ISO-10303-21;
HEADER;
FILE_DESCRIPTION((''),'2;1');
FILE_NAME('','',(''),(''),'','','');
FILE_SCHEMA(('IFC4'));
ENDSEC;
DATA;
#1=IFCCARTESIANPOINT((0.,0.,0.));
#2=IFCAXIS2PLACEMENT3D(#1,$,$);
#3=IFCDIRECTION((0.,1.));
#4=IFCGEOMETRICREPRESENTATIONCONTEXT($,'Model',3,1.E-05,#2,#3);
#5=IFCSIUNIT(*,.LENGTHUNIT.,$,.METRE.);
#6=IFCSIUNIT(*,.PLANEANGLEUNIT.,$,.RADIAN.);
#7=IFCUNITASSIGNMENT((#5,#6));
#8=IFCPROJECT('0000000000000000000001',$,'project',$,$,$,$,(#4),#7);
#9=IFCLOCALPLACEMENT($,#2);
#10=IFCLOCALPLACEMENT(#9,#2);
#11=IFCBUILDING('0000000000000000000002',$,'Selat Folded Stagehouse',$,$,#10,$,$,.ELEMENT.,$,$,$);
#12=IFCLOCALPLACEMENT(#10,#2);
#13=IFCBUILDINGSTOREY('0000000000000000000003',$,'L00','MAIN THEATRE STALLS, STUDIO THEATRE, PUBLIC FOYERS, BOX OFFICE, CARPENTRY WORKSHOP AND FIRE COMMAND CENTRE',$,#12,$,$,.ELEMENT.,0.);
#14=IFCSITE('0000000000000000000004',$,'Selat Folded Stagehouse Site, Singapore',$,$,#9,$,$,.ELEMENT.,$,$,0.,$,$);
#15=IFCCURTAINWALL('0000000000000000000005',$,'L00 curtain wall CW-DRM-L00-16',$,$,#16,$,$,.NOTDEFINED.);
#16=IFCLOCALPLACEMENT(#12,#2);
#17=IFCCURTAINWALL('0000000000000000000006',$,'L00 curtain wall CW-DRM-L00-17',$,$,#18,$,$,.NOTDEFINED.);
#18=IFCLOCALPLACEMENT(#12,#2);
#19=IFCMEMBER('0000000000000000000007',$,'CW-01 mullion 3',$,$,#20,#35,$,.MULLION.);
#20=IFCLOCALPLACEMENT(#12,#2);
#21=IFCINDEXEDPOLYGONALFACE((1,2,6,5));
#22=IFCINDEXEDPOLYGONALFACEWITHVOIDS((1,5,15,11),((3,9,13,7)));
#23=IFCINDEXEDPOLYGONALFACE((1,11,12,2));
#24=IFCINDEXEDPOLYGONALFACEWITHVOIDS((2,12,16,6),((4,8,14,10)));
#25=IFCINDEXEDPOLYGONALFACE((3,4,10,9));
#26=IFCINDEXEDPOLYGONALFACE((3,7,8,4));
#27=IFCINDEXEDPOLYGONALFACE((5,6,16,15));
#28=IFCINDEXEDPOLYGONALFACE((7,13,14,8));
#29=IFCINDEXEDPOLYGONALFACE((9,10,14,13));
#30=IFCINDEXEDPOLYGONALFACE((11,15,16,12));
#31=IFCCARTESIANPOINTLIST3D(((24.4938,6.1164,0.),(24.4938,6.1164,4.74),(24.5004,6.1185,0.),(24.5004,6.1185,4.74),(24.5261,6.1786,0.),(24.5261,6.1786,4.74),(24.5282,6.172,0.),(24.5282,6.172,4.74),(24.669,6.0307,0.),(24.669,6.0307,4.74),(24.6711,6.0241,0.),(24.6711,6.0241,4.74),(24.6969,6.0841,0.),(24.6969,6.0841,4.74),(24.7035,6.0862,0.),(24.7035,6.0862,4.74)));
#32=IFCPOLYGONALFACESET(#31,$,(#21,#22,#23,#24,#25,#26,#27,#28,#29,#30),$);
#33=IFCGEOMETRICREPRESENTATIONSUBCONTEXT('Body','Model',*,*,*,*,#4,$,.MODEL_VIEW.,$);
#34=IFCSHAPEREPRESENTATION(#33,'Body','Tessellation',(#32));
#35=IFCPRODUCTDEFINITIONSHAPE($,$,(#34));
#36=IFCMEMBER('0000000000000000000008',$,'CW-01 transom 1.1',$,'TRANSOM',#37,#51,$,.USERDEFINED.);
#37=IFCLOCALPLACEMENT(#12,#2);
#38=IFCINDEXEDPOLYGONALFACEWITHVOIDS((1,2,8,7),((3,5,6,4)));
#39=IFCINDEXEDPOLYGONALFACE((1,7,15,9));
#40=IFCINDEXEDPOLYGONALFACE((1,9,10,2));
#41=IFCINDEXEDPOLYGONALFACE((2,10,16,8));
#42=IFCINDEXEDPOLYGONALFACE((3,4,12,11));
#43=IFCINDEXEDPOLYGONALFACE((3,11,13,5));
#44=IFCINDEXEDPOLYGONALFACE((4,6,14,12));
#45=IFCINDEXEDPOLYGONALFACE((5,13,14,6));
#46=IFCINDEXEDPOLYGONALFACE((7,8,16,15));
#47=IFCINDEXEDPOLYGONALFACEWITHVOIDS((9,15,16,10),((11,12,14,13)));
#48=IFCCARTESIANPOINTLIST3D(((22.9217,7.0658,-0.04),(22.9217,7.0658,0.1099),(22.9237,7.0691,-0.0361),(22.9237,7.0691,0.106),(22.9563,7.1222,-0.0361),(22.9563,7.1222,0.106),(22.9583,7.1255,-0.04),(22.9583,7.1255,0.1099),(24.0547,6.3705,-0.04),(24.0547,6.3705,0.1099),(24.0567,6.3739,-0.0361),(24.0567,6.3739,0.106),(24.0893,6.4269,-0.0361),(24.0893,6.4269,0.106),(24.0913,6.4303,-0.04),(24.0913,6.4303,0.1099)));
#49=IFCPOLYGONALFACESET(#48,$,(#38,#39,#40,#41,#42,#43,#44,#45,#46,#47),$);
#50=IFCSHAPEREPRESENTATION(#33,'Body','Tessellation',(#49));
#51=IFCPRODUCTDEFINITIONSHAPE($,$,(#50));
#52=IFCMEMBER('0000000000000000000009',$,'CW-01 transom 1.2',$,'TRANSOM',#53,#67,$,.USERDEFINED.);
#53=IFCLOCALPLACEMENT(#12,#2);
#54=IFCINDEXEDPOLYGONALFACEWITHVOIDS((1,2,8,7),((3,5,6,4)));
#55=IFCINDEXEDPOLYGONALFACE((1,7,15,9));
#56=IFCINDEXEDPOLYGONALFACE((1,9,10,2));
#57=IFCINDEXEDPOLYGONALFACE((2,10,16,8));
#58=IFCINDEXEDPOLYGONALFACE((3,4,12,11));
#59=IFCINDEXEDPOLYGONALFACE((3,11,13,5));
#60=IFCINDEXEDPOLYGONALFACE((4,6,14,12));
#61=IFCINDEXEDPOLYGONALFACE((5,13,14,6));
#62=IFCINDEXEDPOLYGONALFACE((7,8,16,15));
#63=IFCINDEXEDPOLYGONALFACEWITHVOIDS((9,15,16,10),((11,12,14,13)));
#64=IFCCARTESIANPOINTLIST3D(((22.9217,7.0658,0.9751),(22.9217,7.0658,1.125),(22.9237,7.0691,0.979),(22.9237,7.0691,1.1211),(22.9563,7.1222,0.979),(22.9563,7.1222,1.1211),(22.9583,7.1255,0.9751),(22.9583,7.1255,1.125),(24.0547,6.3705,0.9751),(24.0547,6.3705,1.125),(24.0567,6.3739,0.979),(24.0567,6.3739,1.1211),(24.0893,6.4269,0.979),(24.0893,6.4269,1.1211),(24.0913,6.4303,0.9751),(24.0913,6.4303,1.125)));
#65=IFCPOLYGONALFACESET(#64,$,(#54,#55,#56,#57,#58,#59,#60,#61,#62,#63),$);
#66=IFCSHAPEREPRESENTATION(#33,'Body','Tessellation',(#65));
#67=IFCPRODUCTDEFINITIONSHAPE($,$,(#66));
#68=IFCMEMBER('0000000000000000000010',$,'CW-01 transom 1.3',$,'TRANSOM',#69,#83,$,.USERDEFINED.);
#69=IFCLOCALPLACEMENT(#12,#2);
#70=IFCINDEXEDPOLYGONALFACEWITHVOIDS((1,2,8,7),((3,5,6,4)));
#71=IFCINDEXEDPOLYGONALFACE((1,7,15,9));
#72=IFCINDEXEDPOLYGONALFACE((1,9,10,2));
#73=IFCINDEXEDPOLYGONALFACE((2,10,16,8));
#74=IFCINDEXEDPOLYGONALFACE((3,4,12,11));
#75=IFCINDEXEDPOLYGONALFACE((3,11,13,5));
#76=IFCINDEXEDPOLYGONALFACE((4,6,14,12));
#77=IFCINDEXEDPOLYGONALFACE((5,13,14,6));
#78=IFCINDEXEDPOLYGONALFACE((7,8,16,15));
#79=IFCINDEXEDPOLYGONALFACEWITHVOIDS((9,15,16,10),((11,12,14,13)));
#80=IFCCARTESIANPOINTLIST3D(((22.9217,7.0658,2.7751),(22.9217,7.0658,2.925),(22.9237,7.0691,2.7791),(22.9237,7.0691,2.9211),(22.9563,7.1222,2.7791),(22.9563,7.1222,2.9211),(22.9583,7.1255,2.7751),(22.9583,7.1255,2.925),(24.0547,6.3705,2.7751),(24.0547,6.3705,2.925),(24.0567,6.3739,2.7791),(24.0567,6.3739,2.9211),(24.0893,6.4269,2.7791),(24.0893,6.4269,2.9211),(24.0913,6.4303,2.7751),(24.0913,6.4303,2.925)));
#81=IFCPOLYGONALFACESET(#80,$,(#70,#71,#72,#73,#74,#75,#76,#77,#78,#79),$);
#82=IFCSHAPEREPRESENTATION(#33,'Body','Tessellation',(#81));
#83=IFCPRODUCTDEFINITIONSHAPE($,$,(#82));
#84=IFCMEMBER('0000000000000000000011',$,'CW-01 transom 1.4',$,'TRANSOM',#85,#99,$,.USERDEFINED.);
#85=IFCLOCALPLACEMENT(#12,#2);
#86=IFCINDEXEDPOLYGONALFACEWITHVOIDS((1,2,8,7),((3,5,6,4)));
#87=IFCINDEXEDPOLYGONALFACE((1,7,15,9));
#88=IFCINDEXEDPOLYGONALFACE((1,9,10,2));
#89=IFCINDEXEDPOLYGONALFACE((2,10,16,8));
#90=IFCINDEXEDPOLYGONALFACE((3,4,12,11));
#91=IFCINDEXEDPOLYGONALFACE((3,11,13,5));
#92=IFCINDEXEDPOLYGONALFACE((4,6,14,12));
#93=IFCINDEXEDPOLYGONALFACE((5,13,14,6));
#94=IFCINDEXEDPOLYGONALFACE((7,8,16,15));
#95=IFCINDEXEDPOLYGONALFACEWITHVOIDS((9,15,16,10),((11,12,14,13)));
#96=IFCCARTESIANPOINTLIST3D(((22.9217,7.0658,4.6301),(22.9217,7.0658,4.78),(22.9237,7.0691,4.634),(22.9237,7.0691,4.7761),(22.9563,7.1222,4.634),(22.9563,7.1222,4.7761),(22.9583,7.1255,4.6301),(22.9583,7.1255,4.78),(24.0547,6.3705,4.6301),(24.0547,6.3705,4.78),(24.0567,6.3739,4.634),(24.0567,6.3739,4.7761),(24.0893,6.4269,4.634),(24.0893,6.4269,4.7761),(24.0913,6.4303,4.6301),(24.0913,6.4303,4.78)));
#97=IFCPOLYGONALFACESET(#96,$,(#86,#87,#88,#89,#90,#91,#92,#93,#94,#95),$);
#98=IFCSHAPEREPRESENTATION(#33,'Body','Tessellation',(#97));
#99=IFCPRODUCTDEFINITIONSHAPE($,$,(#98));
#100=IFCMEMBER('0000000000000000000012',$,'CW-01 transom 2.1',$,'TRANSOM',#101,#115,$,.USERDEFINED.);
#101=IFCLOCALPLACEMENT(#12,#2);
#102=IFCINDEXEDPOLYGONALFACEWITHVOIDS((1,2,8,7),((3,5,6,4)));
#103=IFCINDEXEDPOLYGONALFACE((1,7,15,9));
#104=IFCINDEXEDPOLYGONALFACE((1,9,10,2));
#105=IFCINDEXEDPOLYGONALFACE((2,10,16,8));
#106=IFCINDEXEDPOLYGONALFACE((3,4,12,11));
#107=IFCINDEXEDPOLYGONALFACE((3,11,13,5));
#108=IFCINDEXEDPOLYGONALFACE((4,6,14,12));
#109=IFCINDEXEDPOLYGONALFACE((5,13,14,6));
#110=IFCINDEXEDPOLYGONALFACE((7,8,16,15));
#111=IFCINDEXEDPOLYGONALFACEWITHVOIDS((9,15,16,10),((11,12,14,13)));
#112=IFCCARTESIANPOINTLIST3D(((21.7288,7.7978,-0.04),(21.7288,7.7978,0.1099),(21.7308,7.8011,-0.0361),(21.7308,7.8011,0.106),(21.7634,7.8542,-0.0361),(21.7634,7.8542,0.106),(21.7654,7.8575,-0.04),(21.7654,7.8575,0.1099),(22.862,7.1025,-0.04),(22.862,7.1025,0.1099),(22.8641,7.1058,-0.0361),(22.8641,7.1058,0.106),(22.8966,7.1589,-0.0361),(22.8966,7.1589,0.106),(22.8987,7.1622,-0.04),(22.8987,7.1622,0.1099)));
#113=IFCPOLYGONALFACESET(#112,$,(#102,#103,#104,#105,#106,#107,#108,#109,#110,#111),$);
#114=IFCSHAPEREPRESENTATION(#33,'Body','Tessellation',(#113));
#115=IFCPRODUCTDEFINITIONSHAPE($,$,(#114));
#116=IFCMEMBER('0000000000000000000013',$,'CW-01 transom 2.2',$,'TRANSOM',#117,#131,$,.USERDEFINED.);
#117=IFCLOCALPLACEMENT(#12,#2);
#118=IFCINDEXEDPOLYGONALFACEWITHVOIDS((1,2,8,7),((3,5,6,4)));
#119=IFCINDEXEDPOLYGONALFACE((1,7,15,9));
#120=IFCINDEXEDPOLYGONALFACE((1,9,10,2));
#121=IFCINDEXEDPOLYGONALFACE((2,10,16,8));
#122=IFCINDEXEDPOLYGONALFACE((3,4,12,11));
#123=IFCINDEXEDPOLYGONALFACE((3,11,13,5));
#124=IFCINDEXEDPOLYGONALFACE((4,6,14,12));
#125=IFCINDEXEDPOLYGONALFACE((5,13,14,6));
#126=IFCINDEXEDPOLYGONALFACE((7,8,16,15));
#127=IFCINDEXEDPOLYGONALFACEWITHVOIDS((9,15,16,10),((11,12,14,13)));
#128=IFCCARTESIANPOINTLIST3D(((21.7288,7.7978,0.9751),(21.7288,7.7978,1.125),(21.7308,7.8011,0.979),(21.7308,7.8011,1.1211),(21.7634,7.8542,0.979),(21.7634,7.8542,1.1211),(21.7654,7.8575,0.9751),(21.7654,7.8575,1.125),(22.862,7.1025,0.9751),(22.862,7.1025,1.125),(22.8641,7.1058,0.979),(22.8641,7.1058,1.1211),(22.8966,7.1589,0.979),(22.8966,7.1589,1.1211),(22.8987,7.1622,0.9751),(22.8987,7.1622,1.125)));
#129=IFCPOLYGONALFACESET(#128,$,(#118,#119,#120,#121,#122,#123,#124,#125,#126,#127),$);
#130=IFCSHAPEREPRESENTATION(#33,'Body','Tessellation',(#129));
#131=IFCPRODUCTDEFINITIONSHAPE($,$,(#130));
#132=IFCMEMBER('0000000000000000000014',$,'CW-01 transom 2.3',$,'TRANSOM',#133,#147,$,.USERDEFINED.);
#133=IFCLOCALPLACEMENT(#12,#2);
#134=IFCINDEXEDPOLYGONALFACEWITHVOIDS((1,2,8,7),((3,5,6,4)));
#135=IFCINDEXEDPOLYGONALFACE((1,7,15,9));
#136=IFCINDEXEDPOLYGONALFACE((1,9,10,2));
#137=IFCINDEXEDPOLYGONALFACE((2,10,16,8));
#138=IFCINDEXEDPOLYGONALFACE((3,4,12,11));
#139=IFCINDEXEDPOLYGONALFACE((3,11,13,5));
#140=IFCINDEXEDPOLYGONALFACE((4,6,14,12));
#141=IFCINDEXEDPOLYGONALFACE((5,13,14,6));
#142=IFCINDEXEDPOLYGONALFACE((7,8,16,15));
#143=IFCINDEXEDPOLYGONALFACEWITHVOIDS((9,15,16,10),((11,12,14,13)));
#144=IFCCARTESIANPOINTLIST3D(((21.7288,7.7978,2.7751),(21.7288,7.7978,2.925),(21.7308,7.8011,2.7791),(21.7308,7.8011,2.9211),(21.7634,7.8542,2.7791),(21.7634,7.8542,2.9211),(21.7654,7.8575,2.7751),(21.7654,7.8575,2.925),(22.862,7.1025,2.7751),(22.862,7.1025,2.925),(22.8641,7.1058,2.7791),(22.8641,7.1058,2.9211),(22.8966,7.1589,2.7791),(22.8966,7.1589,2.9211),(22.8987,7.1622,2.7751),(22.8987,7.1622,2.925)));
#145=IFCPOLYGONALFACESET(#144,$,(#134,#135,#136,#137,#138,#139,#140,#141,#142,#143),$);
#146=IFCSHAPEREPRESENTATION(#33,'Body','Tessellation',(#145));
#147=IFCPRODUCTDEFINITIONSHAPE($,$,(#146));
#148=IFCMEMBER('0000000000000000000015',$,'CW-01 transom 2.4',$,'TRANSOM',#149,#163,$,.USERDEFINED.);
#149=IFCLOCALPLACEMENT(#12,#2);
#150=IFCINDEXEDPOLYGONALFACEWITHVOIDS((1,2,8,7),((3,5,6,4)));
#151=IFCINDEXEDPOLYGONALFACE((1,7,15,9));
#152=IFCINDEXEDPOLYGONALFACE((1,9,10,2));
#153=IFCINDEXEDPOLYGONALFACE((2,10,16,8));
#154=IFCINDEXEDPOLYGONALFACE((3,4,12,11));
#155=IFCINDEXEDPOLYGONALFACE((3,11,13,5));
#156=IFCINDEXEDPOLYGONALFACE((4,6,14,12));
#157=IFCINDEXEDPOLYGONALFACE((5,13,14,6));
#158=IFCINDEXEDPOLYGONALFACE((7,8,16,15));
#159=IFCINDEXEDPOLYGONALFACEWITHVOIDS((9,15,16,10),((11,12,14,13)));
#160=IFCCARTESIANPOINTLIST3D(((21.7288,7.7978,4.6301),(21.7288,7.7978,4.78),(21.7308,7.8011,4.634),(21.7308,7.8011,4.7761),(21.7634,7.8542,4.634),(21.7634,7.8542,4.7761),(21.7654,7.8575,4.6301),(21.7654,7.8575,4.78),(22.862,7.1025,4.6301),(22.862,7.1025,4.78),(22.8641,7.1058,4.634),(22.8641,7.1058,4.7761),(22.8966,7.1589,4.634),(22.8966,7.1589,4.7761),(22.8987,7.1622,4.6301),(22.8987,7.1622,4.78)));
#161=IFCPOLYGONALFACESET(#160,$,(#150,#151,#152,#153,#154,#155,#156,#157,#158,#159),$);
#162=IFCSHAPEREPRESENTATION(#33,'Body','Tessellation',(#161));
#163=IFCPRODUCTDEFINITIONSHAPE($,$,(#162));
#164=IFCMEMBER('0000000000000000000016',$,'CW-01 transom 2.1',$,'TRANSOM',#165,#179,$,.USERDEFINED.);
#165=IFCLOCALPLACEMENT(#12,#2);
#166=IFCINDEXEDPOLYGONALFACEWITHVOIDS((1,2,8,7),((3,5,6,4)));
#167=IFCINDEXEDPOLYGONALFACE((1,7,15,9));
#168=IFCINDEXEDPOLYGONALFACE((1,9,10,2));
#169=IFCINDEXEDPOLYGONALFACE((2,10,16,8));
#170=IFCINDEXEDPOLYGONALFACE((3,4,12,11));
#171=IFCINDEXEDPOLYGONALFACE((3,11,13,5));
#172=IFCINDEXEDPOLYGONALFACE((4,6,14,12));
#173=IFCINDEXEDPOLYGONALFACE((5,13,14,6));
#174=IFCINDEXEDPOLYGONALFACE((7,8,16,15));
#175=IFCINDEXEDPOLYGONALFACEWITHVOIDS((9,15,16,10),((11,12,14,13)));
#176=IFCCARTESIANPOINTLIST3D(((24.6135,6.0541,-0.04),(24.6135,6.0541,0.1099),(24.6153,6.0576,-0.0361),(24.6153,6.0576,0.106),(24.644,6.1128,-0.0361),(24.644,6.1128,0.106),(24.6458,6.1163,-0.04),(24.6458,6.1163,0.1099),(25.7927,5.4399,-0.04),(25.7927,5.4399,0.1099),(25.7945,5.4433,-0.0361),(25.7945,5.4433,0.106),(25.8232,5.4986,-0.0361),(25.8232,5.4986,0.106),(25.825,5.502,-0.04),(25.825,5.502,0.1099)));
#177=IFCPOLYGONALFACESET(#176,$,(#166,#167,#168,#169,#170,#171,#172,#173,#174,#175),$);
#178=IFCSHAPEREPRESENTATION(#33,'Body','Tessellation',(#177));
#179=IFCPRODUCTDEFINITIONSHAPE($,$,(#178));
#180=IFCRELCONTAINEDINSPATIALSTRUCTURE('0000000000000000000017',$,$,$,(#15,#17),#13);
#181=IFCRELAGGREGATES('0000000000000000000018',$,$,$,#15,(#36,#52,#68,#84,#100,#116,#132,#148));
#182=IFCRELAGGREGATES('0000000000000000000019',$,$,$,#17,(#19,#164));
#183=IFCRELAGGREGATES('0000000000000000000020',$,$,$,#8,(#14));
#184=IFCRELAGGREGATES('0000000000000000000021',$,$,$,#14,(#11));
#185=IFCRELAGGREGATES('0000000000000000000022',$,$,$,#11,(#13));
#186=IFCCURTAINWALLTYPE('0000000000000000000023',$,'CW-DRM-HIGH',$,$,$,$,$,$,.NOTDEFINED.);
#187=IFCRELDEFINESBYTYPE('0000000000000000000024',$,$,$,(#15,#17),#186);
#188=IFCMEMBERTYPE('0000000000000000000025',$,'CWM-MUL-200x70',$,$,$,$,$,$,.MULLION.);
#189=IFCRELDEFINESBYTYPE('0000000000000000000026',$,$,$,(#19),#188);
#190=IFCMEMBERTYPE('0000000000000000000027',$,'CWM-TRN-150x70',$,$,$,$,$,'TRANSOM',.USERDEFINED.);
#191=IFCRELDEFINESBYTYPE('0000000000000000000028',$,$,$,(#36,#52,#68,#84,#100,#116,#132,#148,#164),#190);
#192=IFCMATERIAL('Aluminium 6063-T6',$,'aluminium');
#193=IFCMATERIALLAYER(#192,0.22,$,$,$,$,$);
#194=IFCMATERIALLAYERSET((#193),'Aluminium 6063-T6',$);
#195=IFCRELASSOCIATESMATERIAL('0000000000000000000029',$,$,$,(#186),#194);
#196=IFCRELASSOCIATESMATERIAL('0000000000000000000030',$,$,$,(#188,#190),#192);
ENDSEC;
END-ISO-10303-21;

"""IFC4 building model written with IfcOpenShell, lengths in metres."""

from ifc_helpers import new_model, si_unit, direction, frame, origin, origin_2d, place, context, subcontext, project, spatial, hollow_rectangle, extrude, material, layer, layer_set, material_profile, profile_set, type_object, element, aggregate, save


model = new_model("IFC4")

# Units and contexts
model_context = context("Model", 3, precision=1e-05, world=origin(), true_north=direction((0.0, 1.0)))
body_context = subcontext(model_context, "Body", "Model", "MODEL_VIEW")
ifc_project = project(units=[si_unit("LENGTHUNIT", "METRE"), si_unit("PLANEANGLEUNIT", "RADIAN")], contexts=[model_context])

# Site, building, storey
site_placement = place(None, origin())
site = spatial("IfcSite", under=ifc_project, at=site_placement, Name="Selat Folded Stagehouse Site, Singapore", CompositionType="ELEMENT", RefElevation=0.0)
building_placement = place(site_placement, origin())
building = spatial("IfcBuilding", under=site, at=building_placement, Name="Selat Folded Stagehouse", CompositionType="ELEMENT")
storey_placement = place(building_placement, origin())
storey = spatial("IfcBuildingStorey", under=building, at=storey_placement, Name="L00", Description="MAIN THEATRE STALLS, STUDIO THEATRE, PUBLIC FOYERS, BOX OFFICE, CARPENTRY WORKSHOP AND FIRE COMMAND CENTRE", CompositionType="ELEMENT", Elevation=0.0)

# Shared definitions
ifc_material_1 = material(Name="Aluminium 6063-T6", Category="aluminium")
ifc_layer_1 = layer(ifc_material_1, 0.22)
ifc_layer_set_1 = layer_set([ifc_layer_1], Name="Aluminium 6063-T6")
curtain_wall_type = type_object("IfcCurtainWallType", Name="CW-DRM-HIGH", PredefinedType="NOTDEFINED", material=ifc_layer_set_1)
ifc_material_profile_1 = material_profile(ifc_material_1, hollow_rectangle(XDim=0.0701, YDim=0.2, WallThickness=0.0049, at=origin_2d()), Name="ALU 200x70x5.0")
ifc_profile_set_1 = profile_set([ifc_material_profile_1], Name="Aluminium 6063-T6")
member_type_1 = type_object("IfcMemberType", Name="CWM-MUL-200x70", PredefinedType="MULLION", material=ifc_profile_set_1)

# Curtain wall
curtain_wall_1_placement = place(storey_placement, origin())
curtain_wall_1 = element("IfcCurtainWall", 1, at=curtain_wall_1_placement, inside=storey, type_object=curtain_wall_type, Name="L00 curtain wall CW-DRM-L00-16", PredefinedType="NOTDEFINED")

# Curtain wall, member
curtain_wall_2_placement = place(storey_placement, origin())
curtain_wall_2 = element("IfcCurtainWall", 2, at=curtain_wall_2_placement, inside=storey, type_object=curtain_wall_type, Name="L00 curtain wall CW-DRM-L00-17", PredefinedType="NOTDEFINED")
member_1_placement = place(storey_placement, frame((24.5986, 6.1013, 0.0), z_axis=(0.0, 0.0, 1.0), x_axis=(-0.461931, -0.886916, 0.0)))
member_1 = element("IfcMember", 3, at=member_1_placement, type_object=member_type_1, Name="CW-01 mullion 3", PredefinedType="MULLION", context=body_context, shape_type="SweptSolid", body=[
    extrude(hollow_rectangle(XDim=0.0701, YDim=0.2, WallThickness=0.0049, at=origin_2d()), origin(), (0.0, 0.0, 1.0), 4.74),
])

# Members
ifc_material_profile_2 = material_profile(ifc_material_1, hollow_rectangle(XDim=0.0701, YDim=0.1499, WallThickness=0.0039, at=origin_2d()), Name="ALU 150x70x4.0")
ifc_profile_set_2 = profile_set([ifc_material_profile_2], Name="Aluminium 6063-T6")
member_type_2 = type_object("IfcMemberType", Name="CWM-TRN-150x70", ElementType="TRANSOM", PredefinedType="USERDEFINED", material=ifc_profile_set_2)
member_2_placement = place(storey_placement, frame((24.073, 6.4004, 0.0349), z_axis=(-0.852313, 0.523031, 0.0), x_axis=(-0.523031, -0.852313, 0.0)))
member_2 = element("IfcMember", 4, at=member_2_placement, type_object=member_type_2, Name="CW-01 transom 1.1", ObjectType="TRANSOM", PredefinedType="USERDEFINED", context=body_context, shape_type="SweptSolid", body=[
    extrude(hollow_rectangle(XDim=0.0701, YDim=0.1499, WallThickness=0.0039, at=origin_2d()), origin(), (0.0, 0.0, 1.0), 1.3293),
])
member_3_placement = place(storey_placement, frame((24.073, 6.4004, 1.05), z_axis=(-0.852313, 0.523031, 0.0), x_axis=(-0.523031, -0.852313, 0.0)))
member_3 = element("IfcMember", 5, at=member_3_placement, type_object=member_type_2, Name="CW-01 transom 1.2", ObjectType="TRANSOM", PredefinedType="USERDEFINED", context=body_context, shape_type="SweptSolid", body=[
    extrude(hollow_rectangle(XDim=0.0701, YDim=0.1499, WallThickness=0.0039, at=origin_2d()), origin(), (0.0, 0.0, 1.0), 1.3293),
])
member_4_placement = place(storey_placement, frame((24.073, 6.4004, 2.8501), z_axis=(-0.852313, 0.523031, 0.0), x_axis=(-0.523031, -0.852313, 0.0)))
member_4 = element("IfcMember", 6, at=member_4_placement, type_object=member_type_2, Name="CW-01 transom 1.3", ObjectType="TRANSOM", PredefinedType="USERDEFINED", context=body_context, shape_type="SweptSolid", body=[
    extrude(hollow_rectangle(XDim=0.0701, YDim=0.1499, WallThickness=0.0039, at=origin_2d()), origin(), (0.0, 0.0, 1.0), 1.3293),
])
member_5_placement = place(storey_placement, frame((24.073, 6.4004, 4.7051), z_axis=(-0.852313, 0.523031, 0.0), x_axis=(-0.523031, -0.852313, 0.0)))
member_5 = element("IfcMember", 7, at=member_5_placement, type_object=member_type_2, Name="CW-01 transom 1.4", ObjectType="TRANSOM", PredefinedType="USERDEFINED", context=body_context, shape_type="SweptSolid", body=[
    extrude(hollow_rectangle(XDim=0.0701, YDim=0.1499, WallThickness=0.0039, at=origin_2d()), origin(), (0.0, 0.0, 1.0), 1.3293),
])
member_6_placement = place(storey_placement, frame((22.8804, 7.1323, 0.0349), z_axis=(-0.852364, 0.52295, 0.0), x_axis=(-0.52295, -0.852364, 0.0)))
member_6 = element("IfcMember", 8, at=member_6_placement, type_object=member_type_2, Name="CW-01 transom 2.1", ObjectType="TRANSOM", PredefinedType="USERDEFINED", context=body_context, shape_type="SweptSolid", body=[
    extrude(hollow_rectangle(XDim=0.0701, YDim=0.1499, WallThickness=0.0039, at=origin_2d()), origin(), (0.0, 0.0, 1.0), 1.3296),
])
member_7_placement = place(storey_placement, frame((22.8804, 7.1323, 1.05), z_axis=(-0.852364, 0.52295, 0.0), x_axis=(-0.52295, -0.852364, 0.0)))
member_7 = element("IfcMember", 9, at=member_7_placement, type_object=member_type_2, Name="CW-01 transom 2.2", ObjectType="TRANSOM", PredefinedType="USERDEFINED", context=body_context, shape_type="SweptSolid", body=[
    extrude(hollow_rectangle(XDim=0.0701, YDim=0.1499, WallThickness=0.0039, at=origin_2d()), origin(), (0.0, 0.0, 1.0), 1.3296),
])
member_8_placement = place(storey_placement, frame((22.8804, 7.1323, 2.8501), z_axis=(-0.852364, 0.52295, 0.0), x_axis=(-0.52295, -0.852364, 0.0)))
member_8 = element("IfcMember", 10, at=member_8_placement, type_object=member_type_2, Name="CW-01 transom 2.3", ObjectType="TRANSOM", PredefinedType="USERDEFINED", context=body_context, shape_type="SweptSolid", body=[
    extrude(hollow_rectangle(XDim=0.0701, YDim=0.1499, WallThickness=0.0039, at=origin_2d()), origin(), (0.0, 0.0, 1.0), 1.3296),
])
member_9_placement = place(storey_placement, frame((22.8804, 7.1323, 4.7051), z_axis=(-0.852364, 0.52295, 0.0), x_axis=(-0.52295, -0.852364, 0.0)))
member_9 = element("IfcMember", 11, at=member_9_placement, type_object=member_type_2, Name="CW-01 transom 2.4", ObjectType="TRANSOM", PredefinedType="USERDEFINED", context=body_context, shape_type="SweptSolid", body=[
    extrude(hollow_rectangle(XDim=0.0701, YDim=0.1499, WallThickness=0.0039, at=origin_2d()), origin(), (0.0, 0.0, 1.0), 1.3296),
])
member_10_placement = place(storey_placement, frame((25.8088, 5.4709, 0.0349), z_axis=(-0.886886, 0.461989, 0.0), x_axis=(-0.461989, -0.886886, 0.0)))
member_10 = element("IfcMember", 12, at=member_10_placement, type_object=member_type_2, Name="CW-01 transom 2.1", ObjectType="TRANSOM", PredefinedType="USERDEFINED", context=body_context, shape_type="SweptSolid", body=[
    extrude(hollow_rectangle(XDim=0.0701, YDim=0.1499, WallThickness=0.0039, at=origin_2d()), origin(), (0.0, 0.0, 1.0), 1.3296),
])

aggregate(curtain_wall_1, [member_2, member_3, member_4, member_5, member_6, member_7, member_8, member_9])
aggregate(curtain_wall_2, [member_1, member_10])

save(model, "model.ifc")
